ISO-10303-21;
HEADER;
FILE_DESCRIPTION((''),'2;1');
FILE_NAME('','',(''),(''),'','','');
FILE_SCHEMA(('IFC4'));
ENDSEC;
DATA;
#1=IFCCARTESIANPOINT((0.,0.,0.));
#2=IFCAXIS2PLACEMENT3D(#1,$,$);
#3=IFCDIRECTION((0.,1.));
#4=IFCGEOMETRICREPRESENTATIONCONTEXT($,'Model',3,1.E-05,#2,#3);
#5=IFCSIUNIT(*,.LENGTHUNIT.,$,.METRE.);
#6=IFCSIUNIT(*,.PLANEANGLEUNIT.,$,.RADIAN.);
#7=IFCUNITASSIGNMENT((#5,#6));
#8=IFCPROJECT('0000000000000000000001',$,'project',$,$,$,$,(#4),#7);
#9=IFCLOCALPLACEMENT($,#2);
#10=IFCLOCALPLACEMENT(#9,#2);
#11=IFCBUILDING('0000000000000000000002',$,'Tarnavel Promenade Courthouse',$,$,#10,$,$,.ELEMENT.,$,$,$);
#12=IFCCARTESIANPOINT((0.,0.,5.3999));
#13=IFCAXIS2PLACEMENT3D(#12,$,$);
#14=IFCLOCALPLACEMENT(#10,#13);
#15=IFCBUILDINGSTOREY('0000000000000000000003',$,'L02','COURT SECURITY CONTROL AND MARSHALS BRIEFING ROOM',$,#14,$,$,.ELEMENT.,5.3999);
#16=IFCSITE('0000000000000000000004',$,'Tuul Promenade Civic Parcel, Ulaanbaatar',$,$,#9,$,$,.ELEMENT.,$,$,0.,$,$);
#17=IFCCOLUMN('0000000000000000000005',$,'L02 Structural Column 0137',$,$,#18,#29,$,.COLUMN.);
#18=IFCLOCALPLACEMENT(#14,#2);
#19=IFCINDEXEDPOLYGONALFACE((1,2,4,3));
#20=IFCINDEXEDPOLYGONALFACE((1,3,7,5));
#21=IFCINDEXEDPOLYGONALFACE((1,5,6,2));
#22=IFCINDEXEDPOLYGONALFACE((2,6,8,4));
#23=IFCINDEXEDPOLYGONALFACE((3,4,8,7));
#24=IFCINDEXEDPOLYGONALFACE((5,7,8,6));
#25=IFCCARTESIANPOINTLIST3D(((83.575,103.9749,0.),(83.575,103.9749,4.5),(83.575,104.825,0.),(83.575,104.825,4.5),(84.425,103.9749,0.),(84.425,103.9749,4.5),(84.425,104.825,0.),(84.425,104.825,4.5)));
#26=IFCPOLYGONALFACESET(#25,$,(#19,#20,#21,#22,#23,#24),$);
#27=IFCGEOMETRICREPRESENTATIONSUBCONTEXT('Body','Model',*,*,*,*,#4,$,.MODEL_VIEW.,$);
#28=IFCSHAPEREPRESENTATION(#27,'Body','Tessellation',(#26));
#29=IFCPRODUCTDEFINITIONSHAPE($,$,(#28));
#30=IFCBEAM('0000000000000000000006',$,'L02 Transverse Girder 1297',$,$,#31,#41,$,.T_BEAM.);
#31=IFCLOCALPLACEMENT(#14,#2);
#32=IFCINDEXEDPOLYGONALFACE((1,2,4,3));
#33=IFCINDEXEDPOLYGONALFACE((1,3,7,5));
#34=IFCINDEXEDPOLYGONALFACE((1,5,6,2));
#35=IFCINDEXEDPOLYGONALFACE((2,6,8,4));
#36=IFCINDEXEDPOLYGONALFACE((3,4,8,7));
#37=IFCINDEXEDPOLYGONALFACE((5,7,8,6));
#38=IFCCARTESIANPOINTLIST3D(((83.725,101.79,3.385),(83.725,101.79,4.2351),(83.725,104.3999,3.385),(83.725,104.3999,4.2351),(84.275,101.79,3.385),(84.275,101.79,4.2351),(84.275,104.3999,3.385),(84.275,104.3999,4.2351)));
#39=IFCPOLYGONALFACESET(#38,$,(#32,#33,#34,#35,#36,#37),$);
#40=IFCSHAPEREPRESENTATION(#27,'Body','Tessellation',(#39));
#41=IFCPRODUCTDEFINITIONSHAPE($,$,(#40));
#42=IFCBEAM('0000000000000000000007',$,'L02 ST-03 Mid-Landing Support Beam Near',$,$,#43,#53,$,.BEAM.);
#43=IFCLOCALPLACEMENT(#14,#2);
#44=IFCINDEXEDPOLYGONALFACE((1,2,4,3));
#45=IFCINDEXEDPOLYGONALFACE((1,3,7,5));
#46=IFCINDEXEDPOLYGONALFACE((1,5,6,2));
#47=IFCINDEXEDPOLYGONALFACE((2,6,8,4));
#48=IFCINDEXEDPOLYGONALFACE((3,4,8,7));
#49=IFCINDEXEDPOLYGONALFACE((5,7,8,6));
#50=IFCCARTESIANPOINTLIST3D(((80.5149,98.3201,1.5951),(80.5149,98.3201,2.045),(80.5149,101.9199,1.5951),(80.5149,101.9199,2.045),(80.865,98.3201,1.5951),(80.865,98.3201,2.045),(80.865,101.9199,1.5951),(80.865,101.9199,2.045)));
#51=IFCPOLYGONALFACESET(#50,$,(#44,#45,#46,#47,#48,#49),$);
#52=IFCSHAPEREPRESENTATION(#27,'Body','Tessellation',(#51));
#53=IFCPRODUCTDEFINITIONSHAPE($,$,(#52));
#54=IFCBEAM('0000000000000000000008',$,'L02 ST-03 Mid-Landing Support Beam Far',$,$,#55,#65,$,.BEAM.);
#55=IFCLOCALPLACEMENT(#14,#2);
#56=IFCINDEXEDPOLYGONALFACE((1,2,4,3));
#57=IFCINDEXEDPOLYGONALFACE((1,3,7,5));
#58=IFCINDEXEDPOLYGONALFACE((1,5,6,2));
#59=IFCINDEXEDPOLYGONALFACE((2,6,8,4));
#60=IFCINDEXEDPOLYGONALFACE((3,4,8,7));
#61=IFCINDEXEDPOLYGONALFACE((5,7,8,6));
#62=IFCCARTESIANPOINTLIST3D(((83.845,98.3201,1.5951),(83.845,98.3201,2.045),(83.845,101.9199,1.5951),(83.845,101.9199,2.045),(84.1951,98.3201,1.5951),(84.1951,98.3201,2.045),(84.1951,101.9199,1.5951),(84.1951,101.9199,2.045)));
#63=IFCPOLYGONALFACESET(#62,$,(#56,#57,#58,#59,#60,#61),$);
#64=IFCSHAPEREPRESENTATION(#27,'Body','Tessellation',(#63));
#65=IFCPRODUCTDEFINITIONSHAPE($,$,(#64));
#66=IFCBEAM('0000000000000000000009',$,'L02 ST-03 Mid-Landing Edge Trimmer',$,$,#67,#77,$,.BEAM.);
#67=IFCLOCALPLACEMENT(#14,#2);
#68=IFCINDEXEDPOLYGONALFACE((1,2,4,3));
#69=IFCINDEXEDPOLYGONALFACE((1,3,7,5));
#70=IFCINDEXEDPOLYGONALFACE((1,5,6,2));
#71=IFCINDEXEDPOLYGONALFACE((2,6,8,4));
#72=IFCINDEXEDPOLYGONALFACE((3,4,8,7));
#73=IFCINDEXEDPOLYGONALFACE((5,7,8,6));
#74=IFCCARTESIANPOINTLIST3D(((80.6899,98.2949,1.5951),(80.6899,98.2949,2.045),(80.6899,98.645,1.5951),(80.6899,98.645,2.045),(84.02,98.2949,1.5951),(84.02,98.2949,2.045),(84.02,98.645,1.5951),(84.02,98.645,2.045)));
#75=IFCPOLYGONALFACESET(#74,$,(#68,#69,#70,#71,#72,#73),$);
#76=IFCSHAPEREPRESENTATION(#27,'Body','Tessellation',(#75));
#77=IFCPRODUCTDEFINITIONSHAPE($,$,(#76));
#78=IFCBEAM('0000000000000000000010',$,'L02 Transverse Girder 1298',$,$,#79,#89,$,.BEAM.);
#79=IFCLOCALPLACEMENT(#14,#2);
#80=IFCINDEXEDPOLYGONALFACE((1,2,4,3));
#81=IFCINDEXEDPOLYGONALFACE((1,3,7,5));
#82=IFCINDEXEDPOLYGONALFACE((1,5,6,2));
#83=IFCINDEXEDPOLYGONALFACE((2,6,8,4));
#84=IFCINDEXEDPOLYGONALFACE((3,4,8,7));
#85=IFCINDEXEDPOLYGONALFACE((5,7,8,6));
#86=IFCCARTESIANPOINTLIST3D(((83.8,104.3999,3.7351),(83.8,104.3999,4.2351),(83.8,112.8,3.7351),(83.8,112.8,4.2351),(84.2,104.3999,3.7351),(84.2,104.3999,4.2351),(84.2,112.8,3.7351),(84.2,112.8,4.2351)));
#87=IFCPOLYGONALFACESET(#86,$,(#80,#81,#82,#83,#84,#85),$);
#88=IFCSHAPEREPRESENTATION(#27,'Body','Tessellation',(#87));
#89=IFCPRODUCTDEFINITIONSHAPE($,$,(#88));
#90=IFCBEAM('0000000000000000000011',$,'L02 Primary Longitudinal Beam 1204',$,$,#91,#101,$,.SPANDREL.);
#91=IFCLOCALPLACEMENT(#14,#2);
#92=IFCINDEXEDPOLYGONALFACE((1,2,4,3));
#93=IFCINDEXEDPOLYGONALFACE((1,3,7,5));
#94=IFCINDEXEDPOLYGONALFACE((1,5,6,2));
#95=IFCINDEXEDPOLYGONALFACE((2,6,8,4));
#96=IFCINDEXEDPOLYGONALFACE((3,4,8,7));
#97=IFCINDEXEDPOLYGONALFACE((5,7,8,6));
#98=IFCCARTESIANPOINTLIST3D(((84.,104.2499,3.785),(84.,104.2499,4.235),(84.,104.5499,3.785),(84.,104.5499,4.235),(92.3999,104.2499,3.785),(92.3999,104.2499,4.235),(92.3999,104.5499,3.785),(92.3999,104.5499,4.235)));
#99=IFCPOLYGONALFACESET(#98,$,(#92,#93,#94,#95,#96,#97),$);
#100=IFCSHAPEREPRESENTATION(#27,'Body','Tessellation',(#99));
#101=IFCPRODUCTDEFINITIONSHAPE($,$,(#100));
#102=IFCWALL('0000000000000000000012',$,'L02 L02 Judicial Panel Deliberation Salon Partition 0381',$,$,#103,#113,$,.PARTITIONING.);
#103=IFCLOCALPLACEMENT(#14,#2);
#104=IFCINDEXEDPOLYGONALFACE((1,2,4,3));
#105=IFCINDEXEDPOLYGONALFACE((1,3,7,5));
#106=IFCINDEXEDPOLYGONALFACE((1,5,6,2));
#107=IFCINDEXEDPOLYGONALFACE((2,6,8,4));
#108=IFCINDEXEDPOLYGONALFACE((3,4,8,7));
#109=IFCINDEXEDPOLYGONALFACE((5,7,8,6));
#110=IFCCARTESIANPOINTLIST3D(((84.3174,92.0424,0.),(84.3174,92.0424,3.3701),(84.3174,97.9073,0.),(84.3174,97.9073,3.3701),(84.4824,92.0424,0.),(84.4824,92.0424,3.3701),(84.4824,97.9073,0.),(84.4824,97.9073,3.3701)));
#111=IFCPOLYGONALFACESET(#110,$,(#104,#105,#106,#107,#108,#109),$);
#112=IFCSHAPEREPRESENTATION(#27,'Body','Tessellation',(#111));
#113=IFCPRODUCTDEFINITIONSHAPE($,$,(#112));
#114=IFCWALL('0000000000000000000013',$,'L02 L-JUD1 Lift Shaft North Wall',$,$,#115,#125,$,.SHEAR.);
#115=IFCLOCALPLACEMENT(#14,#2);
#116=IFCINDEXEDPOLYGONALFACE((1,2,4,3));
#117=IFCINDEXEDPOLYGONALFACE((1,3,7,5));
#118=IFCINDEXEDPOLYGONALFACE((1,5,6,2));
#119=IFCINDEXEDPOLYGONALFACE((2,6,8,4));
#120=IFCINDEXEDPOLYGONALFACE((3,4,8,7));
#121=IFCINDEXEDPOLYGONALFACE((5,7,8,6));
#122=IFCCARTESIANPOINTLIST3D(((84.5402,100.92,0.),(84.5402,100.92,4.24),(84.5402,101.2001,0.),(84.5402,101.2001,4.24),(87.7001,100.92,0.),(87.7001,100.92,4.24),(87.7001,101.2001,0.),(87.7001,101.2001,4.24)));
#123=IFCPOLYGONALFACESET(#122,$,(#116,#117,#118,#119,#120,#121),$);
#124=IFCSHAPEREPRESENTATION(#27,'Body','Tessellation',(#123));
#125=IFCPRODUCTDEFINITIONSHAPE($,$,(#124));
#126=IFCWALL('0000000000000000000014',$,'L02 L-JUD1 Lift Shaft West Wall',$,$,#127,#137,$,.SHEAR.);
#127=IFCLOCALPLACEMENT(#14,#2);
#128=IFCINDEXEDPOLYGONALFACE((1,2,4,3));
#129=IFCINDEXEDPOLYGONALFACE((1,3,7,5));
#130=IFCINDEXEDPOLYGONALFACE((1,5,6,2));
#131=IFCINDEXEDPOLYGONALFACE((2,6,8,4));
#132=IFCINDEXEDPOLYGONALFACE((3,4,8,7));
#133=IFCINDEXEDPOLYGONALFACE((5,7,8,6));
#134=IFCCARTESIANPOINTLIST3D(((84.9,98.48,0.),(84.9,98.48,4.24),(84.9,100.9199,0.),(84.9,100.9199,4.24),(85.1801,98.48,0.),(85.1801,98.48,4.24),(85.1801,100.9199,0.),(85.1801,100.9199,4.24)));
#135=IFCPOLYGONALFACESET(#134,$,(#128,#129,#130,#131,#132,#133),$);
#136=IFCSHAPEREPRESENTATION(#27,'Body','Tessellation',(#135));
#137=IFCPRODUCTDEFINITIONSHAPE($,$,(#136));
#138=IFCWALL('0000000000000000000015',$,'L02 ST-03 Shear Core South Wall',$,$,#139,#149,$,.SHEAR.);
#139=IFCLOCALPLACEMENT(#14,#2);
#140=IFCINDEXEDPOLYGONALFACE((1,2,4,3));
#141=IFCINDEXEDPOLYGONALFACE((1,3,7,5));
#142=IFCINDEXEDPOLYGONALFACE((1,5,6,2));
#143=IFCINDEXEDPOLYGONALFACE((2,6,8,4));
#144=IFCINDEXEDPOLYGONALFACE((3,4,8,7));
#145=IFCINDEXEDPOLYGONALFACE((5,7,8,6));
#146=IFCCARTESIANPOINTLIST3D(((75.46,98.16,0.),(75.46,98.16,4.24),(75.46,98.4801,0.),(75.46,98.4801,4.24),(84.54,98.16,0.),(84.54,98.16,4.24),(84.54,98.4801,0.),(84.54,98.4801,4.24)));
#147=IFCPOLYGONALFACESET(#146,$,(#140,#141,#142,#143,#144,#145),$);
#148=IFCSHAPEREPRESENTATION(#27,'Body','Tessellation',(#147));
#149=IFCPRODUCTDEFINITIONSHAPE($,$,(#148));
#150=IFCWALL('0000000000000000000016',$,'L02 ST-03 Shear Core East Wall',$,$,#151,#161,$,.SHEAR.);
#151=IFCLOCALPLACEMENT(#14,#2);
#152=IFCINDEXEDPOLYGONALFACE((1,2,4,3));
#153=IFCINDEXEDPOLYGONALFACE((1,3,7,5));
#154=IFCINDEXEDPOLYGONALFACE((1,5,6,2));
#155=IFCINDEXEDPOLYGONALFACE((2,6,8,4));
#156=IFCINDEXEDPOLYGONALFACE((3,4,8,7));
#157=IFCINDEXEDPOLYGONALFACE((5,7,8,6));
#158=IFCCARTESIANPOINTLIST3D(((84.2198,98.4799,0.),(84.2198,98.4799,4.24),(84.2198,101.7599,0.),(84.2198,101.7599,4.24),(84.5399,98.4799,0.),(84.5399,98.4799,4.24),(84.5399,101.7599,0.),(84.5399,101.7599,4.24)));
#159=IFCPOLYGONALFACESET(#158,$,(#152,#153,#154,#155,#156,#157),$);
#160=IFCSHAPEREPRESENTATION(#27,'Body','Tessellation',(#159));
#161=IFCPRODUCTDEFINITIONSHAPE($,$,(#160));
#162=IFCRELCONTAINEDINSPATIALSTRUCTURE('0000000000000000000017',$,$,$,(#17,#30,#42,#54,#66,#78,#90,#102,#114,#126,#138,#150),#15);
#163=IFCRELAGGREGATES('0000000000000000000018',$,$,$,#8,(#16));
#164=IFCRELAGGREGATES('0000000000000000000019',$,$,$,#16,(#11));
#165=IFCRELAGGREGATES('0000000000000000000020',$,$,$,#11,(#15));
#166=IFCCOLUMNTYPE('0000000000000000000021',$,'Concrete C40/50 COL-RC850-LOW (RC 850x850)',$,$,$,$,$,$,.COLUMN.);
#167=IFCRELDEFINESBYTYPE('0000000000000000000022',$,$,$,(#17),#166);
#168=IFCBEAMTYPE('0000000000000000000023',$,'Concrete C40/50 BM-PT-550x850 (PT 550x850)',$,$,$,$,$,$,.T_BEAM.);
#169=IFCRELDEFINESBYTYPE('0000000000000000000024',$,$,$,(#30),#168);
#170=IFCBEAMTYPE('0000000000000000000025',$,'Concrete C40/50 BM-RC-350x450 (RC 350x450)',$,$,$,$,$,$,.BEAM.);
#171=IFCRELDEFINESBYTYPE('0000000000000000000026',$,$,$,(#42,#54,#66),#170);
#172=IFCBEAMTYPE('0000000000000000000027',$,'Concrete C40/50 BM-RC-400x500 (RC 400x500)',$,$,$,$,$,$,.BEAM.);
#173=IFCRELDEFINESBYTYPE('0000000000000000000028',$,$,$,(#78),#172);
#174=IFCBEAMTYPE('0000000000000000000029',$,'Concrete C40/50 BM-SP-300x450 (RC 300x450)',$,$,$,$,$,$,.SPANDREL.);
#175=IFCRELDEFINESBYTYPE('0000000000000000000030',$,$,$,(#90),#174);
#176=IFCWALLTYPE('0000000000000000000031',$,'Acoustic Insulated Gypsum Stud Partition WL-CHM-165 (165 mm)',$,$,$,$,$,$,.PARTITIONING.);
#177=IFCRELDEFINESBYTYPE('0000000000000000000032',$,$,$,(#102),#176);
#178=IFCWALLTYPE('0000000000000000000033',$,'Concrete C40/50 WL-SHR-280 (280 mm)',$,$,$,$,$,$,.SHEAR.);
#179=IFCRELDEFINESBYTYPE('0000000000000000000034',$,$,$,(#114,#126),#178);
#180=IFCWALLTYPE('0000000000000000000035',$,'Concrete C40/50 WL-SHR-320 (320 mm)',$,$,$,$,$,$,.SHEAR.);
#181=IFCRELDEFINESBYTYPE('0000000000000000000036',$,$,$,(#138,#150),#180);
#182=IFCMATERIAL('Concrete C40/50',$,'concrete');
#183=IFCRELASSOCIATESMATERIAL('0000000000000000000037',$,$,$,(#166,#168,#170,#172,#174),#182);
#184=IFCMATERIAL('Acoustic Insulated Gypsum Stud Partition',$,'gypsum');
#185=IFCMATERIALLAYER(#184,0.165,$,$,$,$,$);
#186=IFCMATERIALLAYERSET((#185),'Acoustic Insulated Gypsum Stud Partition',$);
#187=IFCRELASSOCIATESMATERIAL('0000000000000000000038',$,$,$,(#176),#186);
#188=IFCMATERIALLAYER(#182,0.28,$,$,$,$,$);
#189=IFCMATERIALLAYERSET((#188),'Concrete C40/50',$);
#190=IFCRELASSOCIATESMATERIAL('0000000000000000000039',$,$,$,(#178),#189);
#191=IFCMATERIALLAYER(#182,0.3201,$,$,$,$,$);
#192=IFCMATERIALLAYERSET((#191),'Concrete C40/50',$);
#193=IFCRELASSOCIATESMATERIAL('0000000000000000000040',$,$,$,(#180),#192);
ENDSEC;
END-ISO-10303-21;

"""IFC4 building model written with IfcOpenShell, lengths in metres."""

from ifc_helpers import new_model, si_unit, direction, frame, frame_2d, origin, origin_2d, place, context, subcontext, project, spatial, rectangle, extrude, material, layer, layer_set, material_profile, profile_set, type_object, element, save


model = new_model("IFC4")

# Units and contexts
model_context = context("Model", 3, precision=1e-05, world=origin(), true_north=direction((0.0, 1.0)))
body_context = subcontext(model_context, "Body", "Model", "MODEL_VIEW")
ifc_project = project(units=[si_unit("LENGTHUNIT", "METRE"), si_unit("PLANEANGLEUNIT", "RADIAN")], contexts=[model_context])

# Site, building, storey
site_placement = place(None, origin())
site = spatial("IfcSite", under=ifc_project, at=site_placement, Name="Tuul Promenade Civic Parcel, Ulaanbaatar", CompositionType="ELEMENT", RefElevation=0.0)
building_placement = place(site_placement, origin())
building = spatial("IfcBuilding", under=site, at=building_placement, Name="Tarnavel Promenade Courthouse", CompositionType="ELEMENT")
storey_placement = place(building_placement, frame((0.0, 0.0, 5.3999)))
storey = spatial("IfcBuildingStorey", under=building, at=storey_placement, Name="L02", Description="COURT SECURITY CONTROL AND MARSHALS BRIEFING ROOM", CompositionType="ELEMENT", Elevation=5.3999)

# Column
ifc_material_1 = material(Name="Concrete C40/50", Category="concrete")
ifc_material_profile_1 = material_profile(ifc_material_1, rectangle(XDim=0.8501, YDim=0.8501, at=origin_2d()), Name="RC 850x850")
ifc_profile_set_1 = profile_set([ifc_material_profile_1], Name="Concrete C40/50")
column_type = type_object("IfcColumnType", Name="Concrete C40/50 COL-RC850-LOW (RC 850x850)", PredefinedType="COLUMN", material=ifc_profile_set_1)
column_placement = place(storey_placement, frame((84.0, 104.3999, 0.0), z_axis=(0.0, 0.0, 1.0), x_axis=(1.0, 0.0, 0.0)))
element("IfcColumn", 1, at=column_placement, inside=storey, type_object=column_type, Name="L02 Structural Column 0137", PredefinedType="COLUMN", context=body_context, shape_type="SweptSolid", body=[
    extrude(rectangle(XDim=0.8501, YDim=0.8501, at=origin_2d()), origin(), (0.0, 0.0, 1.0), 4.5),
])

# Beams
ifc_material_profile_2 = material_profile(ifc_material_1, rectangle(XDim=0.55, YDim=0.8501, at=origin_2d()), Name="PT 550x850")
ifc_profile_set_2 = profile_set([ifc_material_profile_2], Name="Concrete C40/50")
beam_type_1 = type_object("IfcBeamType", Name="Concrete C40/50 BM-PT-550x850 (PT 550x850)", PredefinedType="T_BEAM", material=ifc_profile_set_2)
beam_1_placement = place(storey_placement, frame((84.0, 101.79, 3.8101), z_axis=(0.0, 1.0, 0.0), x_axis=(-1.0, 0.0, 0.0)))
element("IfcBeam", 2, at=beam_1_placement, inside=storey, type_object=beam_type_1, Name="L02 Transverse Girder 1297", PredefinedType="T_BEAM", context=body_context, shape_type="SweptSolid", body=[
    extrude(rectangle(XDim=0.55, YDim=0.8501, at=origin_2d()), origin(), (0.0, 0.0, 1.0), 2.6099),
])
ifc_material_profile_3 = material_profile(ifc_material_1, rectangle(XDim=0.3501, YDim=0.45, at=origin_2d()), Name="RC 350x450")
ifc_profile_set_3 = profile_set([ifc_material_profile_3], Name="Concrete C40/50")
beam_type_2 = type_object("IfcBeamType", Name="Concrete C40/50 BM-RC-350x450 (RC 350x450)", PredefinedType="BEAM", material=ifc_profile_set_3)
for number, where, z_axis, x_axis, name in (
    (3, (80.6899, 98.3201, 1.8201), (0.0, 1.0, 0.0), (-1.0, 0.0, 0.0), "L02 ST-03 Mid-Landing Support Beam Near"),
    (4, (84.02, 98.3201, 1.8201), (0.0, 1.0, 0.0), (-1.0, 0.0, 0.0), "L02 ST-03 Mid-Landing Support Beam Far"),
):
    element("IfcBeam", number, at=place(storey_placement, frame(where, z_axis=z_axis, x_axis=x_axis)), inside=storey, type_object=beam_type_2, Name=name, PredefinedType="BEAM", context=body_context, shape_type="SweptSolid", body=[
        extrude(rectangle(XDim=0.3501, YDim=0.45, at=origin_2d()), origin(), (0.0, 0.0, 1.0), 3.5999),
    ])
beam_2_placement = place(storey_placement, frame((80.6899, 98.47, 1.8201), z_axis=(1.0, 0.0, 0.0), x_axis=(0.0, 1.0, 0.0)))
element("IfcBeam", 5, at=beam_2_placement, inside=storey, type_object=beam_type_2, Name="L02 ST-03 Mid-Landing Edge Trimmer", PredefinedType="BEAM", context=body_context, shape_type="SweptSolid", body=[
    extrude(rectangle(XDim=0.3501, YDim=0.45, at=origin_2d()), origin(), (0.0, 0.0, 1.0), 3.3301),
])
ifc_material_profile_4 = material_profile(ifc_material_1, rectangle(XDim=0.3999, YDim=0.5, at=origin_2d()), Name="RC 400x500")
ifc_profile_set_4 = profile_set([ifc_material_profile_4], Name="Concrete C40/50")
beam_type_3 = type_object("IfcBeamType", Name="Concrete C40/50 BM-RC-400x500 (RC 400x500)", PredefinedType="BEAM", material=ifc_profile_set_4)
beam_3_placement = place(storey_placement, frame((84.0, 104.3999, 3.9851), z_axis=(0.0, 1.0, 0.0), x_axis=(-1.0, 0.0, 0.0)))
element("IfcBeam", 6, at=beam_3_placement, inside=storey, type_object=beam_type_3, Name="L02 Transverse Girder 1298", PredefinedType="BEAM", context=body_context, shape_type="SweptSolid", body=[
    extrude(rectangle(XDim=0.3999, YDim=0.5, at=origin_2d()), origin(), (0.0, 0.0, 1.0), 8.4001),
])
ifc_material_profile_5 = material_profile(ifc_material_1, rectangle(XDim=0.3, YDim=0.45, at=origin_2d()), Name="RC 300x450")
ifc_profile_set_5 = profile_set([ifc_material_profile_5], Name="Concrete C40/50")
beam_type_4 = type_object("IfcBeamType", Name="Concrete C40/50 BM-SP-300x450 (RC 300x450)", PredefinedType="SPANDREL", material=ifc_profile_set_5)
beam_4_placement = place(storey_placement, frame((84.0, 104.3999, 4.01), z_axis=(1.0, 0.0, 0.0), x_axis=(0.0, 1.0, 0.0)))
element("IfcBeam", 7, at=beam_4_placement, inside=storey, type_object=beam_type_4, Name="L02 Primary Longitudinal Beam 1204", PredefinedType="SPANDREL", context=body_context, shape_type="SweptSolid", body=[
    extrude(rectangle(XDim=0.3, YDim=0.45, at=origin_2d()), origin(), (0.0, 0.0, 1.0), 8.3999),
])

# Walls
ifc_material_2 = material(Name="Acoustic Insulated Gypsum Stud Partition", Category="gypsum")
ifc_layer_1 = layer(ifc_material_2, 0.165)
ifc_layer_set_1 = layer_set([ifc_layer_1], Name="Acoustic Insulated Gypsum Stud Partition")
wall_type_1 = type_object("IfcWallType", Name="Acoustic Insulated Gypsum Stud Partition WL-CHM-165 (165 mm)", PredefinedType="PARTITIONING", material=ifc_layer_set_1)
wall_1_placement = place(storey_placement, frame((84.3999, 97.9075, 0.0), z_axis=(0.0, 0.0, 1.0), x_axis=(0.0, -1.0, 0.0)))
element("IfcWall", 8, at=wall_1_placement, inside=storey, type_object=wall_type_1, Name="L02 L02 Judicial Panel Deliberation Salon Partition 0381", PredefinedType="PARTITIONING", context=body_context, shape_type="SweptSolid", body=[
    extrude(rectangle(XDim=5.865, YDim=0.165, at=frame_2d((2.9326, 0.0))), origin(), (0.0, 0.0, 1.0), 3.3701),
])
ifc_layer_2 = layer(ifc_material_1, 0.28)
ifc_layer_set_2 = layer_set([ifc_layer_2], Name="Concrete C40/50")
wall_type_2 = type_object("IfcWallType", Name="Concrete C40/50 WL-SHR-280 (280 mm)", PredefinedType="SHEAR", material=ifc_layer_set_2)
wall_2_placement = place(storey_placement, frame((84.54, 101.0601, 0.0), z_axis=(0.0, 0.0, 1.0), x_axis=(1.0, 0.0, 0.0)))
element("IfcWall", 9, at=wall_2_placement, inside=storey, type_object=wall_type_2, Name="L02 L-JUD1 Lift Shaft North Wall", PredefinedType="SHEAR", context=body_context, shape_type="SweptSolid", body=[
    extrude(rectangle(XDim=3.1599, YDim=0.28, at=frame_2d((1.5801, 0.0))), origin(), (0.0, 0.0, 1.0), 4.24),
])
wall_3_placement = place(storey_placement, frame((85.04, 98.48, 0.0), z_axis=(0.0, 0.0, 1.0), x_axis=(0.0, 1.0, 0.0)))
element("IfcWall", 10, at=wall_3_placement, inside=storey, type_object=wall_type_2, Name="L02 L-JUD1 Lift Shaft West Wall", PredefinedType="SHEAR", context=body_context, shape_type="SweptSolid", body=[
    extrude(rectangle(XDim=2.4399, YDim=0.28, at=frame_2d((1.22, 0.0))), origin(), (0.0, 0.0, 1.0), 4.24),
])
ifc_layer_3 = layer(ifc_material_1, 0.3201)
ifc_layer_set_3 = layer_set([ifc_layer_3], Name="Concrete C40/50")
wall_type_3 = type_object("IfcWallType", Name="Concrete C40/50 WL-SHR-320 (320 mm)", PredefinedType="SHEAR", material=ifc_layer_set_3)
wall_4_placement = place(storey_placement, frame((84.54, 98.3201, 0.0), z_axis=(0.0, 0.0, 1.0), x_axis=(-1.0, 0.0, 0.0)))
element("IfcWall", 11, at=wall_4_placement, inside=storey, type_object=wall_type_3, Name="L02 ST-03 Shear Core South Wall", PredefinedType="SHEAR", context=body_context, shape_type="SweptSolid", body=[
    extrude(rectangle(XDim=9.0801, YDim=0.3201, at=frame_2d((4.54, 0.0))), origin(), (0.0, 0.0, 1.0), 4.24),
])
wall_5_placement = place(storey_placement, frame((84.3799, 101.76, 0.0), z_axis=(0.0, 0.0, 1.0), x_axis=(0.0, -1.0, 0.0)))
element("IfcWall", 12, at=wall_5_placement, inside=storey, type_object=wall_type_3, Name="L02 ST-03 Shear Core East Wall", PredefinedType="SHEAR", context=body_context, shape_type="SweptSolid", body=[
    extrude(rectangle(XDim=3.28, YDim=0.3201, at=frame_2d((1.6401, 0.0))), origin(), (0.0, 0.0, 1.0), 4.24),
])

save(model, "model.ifc")
